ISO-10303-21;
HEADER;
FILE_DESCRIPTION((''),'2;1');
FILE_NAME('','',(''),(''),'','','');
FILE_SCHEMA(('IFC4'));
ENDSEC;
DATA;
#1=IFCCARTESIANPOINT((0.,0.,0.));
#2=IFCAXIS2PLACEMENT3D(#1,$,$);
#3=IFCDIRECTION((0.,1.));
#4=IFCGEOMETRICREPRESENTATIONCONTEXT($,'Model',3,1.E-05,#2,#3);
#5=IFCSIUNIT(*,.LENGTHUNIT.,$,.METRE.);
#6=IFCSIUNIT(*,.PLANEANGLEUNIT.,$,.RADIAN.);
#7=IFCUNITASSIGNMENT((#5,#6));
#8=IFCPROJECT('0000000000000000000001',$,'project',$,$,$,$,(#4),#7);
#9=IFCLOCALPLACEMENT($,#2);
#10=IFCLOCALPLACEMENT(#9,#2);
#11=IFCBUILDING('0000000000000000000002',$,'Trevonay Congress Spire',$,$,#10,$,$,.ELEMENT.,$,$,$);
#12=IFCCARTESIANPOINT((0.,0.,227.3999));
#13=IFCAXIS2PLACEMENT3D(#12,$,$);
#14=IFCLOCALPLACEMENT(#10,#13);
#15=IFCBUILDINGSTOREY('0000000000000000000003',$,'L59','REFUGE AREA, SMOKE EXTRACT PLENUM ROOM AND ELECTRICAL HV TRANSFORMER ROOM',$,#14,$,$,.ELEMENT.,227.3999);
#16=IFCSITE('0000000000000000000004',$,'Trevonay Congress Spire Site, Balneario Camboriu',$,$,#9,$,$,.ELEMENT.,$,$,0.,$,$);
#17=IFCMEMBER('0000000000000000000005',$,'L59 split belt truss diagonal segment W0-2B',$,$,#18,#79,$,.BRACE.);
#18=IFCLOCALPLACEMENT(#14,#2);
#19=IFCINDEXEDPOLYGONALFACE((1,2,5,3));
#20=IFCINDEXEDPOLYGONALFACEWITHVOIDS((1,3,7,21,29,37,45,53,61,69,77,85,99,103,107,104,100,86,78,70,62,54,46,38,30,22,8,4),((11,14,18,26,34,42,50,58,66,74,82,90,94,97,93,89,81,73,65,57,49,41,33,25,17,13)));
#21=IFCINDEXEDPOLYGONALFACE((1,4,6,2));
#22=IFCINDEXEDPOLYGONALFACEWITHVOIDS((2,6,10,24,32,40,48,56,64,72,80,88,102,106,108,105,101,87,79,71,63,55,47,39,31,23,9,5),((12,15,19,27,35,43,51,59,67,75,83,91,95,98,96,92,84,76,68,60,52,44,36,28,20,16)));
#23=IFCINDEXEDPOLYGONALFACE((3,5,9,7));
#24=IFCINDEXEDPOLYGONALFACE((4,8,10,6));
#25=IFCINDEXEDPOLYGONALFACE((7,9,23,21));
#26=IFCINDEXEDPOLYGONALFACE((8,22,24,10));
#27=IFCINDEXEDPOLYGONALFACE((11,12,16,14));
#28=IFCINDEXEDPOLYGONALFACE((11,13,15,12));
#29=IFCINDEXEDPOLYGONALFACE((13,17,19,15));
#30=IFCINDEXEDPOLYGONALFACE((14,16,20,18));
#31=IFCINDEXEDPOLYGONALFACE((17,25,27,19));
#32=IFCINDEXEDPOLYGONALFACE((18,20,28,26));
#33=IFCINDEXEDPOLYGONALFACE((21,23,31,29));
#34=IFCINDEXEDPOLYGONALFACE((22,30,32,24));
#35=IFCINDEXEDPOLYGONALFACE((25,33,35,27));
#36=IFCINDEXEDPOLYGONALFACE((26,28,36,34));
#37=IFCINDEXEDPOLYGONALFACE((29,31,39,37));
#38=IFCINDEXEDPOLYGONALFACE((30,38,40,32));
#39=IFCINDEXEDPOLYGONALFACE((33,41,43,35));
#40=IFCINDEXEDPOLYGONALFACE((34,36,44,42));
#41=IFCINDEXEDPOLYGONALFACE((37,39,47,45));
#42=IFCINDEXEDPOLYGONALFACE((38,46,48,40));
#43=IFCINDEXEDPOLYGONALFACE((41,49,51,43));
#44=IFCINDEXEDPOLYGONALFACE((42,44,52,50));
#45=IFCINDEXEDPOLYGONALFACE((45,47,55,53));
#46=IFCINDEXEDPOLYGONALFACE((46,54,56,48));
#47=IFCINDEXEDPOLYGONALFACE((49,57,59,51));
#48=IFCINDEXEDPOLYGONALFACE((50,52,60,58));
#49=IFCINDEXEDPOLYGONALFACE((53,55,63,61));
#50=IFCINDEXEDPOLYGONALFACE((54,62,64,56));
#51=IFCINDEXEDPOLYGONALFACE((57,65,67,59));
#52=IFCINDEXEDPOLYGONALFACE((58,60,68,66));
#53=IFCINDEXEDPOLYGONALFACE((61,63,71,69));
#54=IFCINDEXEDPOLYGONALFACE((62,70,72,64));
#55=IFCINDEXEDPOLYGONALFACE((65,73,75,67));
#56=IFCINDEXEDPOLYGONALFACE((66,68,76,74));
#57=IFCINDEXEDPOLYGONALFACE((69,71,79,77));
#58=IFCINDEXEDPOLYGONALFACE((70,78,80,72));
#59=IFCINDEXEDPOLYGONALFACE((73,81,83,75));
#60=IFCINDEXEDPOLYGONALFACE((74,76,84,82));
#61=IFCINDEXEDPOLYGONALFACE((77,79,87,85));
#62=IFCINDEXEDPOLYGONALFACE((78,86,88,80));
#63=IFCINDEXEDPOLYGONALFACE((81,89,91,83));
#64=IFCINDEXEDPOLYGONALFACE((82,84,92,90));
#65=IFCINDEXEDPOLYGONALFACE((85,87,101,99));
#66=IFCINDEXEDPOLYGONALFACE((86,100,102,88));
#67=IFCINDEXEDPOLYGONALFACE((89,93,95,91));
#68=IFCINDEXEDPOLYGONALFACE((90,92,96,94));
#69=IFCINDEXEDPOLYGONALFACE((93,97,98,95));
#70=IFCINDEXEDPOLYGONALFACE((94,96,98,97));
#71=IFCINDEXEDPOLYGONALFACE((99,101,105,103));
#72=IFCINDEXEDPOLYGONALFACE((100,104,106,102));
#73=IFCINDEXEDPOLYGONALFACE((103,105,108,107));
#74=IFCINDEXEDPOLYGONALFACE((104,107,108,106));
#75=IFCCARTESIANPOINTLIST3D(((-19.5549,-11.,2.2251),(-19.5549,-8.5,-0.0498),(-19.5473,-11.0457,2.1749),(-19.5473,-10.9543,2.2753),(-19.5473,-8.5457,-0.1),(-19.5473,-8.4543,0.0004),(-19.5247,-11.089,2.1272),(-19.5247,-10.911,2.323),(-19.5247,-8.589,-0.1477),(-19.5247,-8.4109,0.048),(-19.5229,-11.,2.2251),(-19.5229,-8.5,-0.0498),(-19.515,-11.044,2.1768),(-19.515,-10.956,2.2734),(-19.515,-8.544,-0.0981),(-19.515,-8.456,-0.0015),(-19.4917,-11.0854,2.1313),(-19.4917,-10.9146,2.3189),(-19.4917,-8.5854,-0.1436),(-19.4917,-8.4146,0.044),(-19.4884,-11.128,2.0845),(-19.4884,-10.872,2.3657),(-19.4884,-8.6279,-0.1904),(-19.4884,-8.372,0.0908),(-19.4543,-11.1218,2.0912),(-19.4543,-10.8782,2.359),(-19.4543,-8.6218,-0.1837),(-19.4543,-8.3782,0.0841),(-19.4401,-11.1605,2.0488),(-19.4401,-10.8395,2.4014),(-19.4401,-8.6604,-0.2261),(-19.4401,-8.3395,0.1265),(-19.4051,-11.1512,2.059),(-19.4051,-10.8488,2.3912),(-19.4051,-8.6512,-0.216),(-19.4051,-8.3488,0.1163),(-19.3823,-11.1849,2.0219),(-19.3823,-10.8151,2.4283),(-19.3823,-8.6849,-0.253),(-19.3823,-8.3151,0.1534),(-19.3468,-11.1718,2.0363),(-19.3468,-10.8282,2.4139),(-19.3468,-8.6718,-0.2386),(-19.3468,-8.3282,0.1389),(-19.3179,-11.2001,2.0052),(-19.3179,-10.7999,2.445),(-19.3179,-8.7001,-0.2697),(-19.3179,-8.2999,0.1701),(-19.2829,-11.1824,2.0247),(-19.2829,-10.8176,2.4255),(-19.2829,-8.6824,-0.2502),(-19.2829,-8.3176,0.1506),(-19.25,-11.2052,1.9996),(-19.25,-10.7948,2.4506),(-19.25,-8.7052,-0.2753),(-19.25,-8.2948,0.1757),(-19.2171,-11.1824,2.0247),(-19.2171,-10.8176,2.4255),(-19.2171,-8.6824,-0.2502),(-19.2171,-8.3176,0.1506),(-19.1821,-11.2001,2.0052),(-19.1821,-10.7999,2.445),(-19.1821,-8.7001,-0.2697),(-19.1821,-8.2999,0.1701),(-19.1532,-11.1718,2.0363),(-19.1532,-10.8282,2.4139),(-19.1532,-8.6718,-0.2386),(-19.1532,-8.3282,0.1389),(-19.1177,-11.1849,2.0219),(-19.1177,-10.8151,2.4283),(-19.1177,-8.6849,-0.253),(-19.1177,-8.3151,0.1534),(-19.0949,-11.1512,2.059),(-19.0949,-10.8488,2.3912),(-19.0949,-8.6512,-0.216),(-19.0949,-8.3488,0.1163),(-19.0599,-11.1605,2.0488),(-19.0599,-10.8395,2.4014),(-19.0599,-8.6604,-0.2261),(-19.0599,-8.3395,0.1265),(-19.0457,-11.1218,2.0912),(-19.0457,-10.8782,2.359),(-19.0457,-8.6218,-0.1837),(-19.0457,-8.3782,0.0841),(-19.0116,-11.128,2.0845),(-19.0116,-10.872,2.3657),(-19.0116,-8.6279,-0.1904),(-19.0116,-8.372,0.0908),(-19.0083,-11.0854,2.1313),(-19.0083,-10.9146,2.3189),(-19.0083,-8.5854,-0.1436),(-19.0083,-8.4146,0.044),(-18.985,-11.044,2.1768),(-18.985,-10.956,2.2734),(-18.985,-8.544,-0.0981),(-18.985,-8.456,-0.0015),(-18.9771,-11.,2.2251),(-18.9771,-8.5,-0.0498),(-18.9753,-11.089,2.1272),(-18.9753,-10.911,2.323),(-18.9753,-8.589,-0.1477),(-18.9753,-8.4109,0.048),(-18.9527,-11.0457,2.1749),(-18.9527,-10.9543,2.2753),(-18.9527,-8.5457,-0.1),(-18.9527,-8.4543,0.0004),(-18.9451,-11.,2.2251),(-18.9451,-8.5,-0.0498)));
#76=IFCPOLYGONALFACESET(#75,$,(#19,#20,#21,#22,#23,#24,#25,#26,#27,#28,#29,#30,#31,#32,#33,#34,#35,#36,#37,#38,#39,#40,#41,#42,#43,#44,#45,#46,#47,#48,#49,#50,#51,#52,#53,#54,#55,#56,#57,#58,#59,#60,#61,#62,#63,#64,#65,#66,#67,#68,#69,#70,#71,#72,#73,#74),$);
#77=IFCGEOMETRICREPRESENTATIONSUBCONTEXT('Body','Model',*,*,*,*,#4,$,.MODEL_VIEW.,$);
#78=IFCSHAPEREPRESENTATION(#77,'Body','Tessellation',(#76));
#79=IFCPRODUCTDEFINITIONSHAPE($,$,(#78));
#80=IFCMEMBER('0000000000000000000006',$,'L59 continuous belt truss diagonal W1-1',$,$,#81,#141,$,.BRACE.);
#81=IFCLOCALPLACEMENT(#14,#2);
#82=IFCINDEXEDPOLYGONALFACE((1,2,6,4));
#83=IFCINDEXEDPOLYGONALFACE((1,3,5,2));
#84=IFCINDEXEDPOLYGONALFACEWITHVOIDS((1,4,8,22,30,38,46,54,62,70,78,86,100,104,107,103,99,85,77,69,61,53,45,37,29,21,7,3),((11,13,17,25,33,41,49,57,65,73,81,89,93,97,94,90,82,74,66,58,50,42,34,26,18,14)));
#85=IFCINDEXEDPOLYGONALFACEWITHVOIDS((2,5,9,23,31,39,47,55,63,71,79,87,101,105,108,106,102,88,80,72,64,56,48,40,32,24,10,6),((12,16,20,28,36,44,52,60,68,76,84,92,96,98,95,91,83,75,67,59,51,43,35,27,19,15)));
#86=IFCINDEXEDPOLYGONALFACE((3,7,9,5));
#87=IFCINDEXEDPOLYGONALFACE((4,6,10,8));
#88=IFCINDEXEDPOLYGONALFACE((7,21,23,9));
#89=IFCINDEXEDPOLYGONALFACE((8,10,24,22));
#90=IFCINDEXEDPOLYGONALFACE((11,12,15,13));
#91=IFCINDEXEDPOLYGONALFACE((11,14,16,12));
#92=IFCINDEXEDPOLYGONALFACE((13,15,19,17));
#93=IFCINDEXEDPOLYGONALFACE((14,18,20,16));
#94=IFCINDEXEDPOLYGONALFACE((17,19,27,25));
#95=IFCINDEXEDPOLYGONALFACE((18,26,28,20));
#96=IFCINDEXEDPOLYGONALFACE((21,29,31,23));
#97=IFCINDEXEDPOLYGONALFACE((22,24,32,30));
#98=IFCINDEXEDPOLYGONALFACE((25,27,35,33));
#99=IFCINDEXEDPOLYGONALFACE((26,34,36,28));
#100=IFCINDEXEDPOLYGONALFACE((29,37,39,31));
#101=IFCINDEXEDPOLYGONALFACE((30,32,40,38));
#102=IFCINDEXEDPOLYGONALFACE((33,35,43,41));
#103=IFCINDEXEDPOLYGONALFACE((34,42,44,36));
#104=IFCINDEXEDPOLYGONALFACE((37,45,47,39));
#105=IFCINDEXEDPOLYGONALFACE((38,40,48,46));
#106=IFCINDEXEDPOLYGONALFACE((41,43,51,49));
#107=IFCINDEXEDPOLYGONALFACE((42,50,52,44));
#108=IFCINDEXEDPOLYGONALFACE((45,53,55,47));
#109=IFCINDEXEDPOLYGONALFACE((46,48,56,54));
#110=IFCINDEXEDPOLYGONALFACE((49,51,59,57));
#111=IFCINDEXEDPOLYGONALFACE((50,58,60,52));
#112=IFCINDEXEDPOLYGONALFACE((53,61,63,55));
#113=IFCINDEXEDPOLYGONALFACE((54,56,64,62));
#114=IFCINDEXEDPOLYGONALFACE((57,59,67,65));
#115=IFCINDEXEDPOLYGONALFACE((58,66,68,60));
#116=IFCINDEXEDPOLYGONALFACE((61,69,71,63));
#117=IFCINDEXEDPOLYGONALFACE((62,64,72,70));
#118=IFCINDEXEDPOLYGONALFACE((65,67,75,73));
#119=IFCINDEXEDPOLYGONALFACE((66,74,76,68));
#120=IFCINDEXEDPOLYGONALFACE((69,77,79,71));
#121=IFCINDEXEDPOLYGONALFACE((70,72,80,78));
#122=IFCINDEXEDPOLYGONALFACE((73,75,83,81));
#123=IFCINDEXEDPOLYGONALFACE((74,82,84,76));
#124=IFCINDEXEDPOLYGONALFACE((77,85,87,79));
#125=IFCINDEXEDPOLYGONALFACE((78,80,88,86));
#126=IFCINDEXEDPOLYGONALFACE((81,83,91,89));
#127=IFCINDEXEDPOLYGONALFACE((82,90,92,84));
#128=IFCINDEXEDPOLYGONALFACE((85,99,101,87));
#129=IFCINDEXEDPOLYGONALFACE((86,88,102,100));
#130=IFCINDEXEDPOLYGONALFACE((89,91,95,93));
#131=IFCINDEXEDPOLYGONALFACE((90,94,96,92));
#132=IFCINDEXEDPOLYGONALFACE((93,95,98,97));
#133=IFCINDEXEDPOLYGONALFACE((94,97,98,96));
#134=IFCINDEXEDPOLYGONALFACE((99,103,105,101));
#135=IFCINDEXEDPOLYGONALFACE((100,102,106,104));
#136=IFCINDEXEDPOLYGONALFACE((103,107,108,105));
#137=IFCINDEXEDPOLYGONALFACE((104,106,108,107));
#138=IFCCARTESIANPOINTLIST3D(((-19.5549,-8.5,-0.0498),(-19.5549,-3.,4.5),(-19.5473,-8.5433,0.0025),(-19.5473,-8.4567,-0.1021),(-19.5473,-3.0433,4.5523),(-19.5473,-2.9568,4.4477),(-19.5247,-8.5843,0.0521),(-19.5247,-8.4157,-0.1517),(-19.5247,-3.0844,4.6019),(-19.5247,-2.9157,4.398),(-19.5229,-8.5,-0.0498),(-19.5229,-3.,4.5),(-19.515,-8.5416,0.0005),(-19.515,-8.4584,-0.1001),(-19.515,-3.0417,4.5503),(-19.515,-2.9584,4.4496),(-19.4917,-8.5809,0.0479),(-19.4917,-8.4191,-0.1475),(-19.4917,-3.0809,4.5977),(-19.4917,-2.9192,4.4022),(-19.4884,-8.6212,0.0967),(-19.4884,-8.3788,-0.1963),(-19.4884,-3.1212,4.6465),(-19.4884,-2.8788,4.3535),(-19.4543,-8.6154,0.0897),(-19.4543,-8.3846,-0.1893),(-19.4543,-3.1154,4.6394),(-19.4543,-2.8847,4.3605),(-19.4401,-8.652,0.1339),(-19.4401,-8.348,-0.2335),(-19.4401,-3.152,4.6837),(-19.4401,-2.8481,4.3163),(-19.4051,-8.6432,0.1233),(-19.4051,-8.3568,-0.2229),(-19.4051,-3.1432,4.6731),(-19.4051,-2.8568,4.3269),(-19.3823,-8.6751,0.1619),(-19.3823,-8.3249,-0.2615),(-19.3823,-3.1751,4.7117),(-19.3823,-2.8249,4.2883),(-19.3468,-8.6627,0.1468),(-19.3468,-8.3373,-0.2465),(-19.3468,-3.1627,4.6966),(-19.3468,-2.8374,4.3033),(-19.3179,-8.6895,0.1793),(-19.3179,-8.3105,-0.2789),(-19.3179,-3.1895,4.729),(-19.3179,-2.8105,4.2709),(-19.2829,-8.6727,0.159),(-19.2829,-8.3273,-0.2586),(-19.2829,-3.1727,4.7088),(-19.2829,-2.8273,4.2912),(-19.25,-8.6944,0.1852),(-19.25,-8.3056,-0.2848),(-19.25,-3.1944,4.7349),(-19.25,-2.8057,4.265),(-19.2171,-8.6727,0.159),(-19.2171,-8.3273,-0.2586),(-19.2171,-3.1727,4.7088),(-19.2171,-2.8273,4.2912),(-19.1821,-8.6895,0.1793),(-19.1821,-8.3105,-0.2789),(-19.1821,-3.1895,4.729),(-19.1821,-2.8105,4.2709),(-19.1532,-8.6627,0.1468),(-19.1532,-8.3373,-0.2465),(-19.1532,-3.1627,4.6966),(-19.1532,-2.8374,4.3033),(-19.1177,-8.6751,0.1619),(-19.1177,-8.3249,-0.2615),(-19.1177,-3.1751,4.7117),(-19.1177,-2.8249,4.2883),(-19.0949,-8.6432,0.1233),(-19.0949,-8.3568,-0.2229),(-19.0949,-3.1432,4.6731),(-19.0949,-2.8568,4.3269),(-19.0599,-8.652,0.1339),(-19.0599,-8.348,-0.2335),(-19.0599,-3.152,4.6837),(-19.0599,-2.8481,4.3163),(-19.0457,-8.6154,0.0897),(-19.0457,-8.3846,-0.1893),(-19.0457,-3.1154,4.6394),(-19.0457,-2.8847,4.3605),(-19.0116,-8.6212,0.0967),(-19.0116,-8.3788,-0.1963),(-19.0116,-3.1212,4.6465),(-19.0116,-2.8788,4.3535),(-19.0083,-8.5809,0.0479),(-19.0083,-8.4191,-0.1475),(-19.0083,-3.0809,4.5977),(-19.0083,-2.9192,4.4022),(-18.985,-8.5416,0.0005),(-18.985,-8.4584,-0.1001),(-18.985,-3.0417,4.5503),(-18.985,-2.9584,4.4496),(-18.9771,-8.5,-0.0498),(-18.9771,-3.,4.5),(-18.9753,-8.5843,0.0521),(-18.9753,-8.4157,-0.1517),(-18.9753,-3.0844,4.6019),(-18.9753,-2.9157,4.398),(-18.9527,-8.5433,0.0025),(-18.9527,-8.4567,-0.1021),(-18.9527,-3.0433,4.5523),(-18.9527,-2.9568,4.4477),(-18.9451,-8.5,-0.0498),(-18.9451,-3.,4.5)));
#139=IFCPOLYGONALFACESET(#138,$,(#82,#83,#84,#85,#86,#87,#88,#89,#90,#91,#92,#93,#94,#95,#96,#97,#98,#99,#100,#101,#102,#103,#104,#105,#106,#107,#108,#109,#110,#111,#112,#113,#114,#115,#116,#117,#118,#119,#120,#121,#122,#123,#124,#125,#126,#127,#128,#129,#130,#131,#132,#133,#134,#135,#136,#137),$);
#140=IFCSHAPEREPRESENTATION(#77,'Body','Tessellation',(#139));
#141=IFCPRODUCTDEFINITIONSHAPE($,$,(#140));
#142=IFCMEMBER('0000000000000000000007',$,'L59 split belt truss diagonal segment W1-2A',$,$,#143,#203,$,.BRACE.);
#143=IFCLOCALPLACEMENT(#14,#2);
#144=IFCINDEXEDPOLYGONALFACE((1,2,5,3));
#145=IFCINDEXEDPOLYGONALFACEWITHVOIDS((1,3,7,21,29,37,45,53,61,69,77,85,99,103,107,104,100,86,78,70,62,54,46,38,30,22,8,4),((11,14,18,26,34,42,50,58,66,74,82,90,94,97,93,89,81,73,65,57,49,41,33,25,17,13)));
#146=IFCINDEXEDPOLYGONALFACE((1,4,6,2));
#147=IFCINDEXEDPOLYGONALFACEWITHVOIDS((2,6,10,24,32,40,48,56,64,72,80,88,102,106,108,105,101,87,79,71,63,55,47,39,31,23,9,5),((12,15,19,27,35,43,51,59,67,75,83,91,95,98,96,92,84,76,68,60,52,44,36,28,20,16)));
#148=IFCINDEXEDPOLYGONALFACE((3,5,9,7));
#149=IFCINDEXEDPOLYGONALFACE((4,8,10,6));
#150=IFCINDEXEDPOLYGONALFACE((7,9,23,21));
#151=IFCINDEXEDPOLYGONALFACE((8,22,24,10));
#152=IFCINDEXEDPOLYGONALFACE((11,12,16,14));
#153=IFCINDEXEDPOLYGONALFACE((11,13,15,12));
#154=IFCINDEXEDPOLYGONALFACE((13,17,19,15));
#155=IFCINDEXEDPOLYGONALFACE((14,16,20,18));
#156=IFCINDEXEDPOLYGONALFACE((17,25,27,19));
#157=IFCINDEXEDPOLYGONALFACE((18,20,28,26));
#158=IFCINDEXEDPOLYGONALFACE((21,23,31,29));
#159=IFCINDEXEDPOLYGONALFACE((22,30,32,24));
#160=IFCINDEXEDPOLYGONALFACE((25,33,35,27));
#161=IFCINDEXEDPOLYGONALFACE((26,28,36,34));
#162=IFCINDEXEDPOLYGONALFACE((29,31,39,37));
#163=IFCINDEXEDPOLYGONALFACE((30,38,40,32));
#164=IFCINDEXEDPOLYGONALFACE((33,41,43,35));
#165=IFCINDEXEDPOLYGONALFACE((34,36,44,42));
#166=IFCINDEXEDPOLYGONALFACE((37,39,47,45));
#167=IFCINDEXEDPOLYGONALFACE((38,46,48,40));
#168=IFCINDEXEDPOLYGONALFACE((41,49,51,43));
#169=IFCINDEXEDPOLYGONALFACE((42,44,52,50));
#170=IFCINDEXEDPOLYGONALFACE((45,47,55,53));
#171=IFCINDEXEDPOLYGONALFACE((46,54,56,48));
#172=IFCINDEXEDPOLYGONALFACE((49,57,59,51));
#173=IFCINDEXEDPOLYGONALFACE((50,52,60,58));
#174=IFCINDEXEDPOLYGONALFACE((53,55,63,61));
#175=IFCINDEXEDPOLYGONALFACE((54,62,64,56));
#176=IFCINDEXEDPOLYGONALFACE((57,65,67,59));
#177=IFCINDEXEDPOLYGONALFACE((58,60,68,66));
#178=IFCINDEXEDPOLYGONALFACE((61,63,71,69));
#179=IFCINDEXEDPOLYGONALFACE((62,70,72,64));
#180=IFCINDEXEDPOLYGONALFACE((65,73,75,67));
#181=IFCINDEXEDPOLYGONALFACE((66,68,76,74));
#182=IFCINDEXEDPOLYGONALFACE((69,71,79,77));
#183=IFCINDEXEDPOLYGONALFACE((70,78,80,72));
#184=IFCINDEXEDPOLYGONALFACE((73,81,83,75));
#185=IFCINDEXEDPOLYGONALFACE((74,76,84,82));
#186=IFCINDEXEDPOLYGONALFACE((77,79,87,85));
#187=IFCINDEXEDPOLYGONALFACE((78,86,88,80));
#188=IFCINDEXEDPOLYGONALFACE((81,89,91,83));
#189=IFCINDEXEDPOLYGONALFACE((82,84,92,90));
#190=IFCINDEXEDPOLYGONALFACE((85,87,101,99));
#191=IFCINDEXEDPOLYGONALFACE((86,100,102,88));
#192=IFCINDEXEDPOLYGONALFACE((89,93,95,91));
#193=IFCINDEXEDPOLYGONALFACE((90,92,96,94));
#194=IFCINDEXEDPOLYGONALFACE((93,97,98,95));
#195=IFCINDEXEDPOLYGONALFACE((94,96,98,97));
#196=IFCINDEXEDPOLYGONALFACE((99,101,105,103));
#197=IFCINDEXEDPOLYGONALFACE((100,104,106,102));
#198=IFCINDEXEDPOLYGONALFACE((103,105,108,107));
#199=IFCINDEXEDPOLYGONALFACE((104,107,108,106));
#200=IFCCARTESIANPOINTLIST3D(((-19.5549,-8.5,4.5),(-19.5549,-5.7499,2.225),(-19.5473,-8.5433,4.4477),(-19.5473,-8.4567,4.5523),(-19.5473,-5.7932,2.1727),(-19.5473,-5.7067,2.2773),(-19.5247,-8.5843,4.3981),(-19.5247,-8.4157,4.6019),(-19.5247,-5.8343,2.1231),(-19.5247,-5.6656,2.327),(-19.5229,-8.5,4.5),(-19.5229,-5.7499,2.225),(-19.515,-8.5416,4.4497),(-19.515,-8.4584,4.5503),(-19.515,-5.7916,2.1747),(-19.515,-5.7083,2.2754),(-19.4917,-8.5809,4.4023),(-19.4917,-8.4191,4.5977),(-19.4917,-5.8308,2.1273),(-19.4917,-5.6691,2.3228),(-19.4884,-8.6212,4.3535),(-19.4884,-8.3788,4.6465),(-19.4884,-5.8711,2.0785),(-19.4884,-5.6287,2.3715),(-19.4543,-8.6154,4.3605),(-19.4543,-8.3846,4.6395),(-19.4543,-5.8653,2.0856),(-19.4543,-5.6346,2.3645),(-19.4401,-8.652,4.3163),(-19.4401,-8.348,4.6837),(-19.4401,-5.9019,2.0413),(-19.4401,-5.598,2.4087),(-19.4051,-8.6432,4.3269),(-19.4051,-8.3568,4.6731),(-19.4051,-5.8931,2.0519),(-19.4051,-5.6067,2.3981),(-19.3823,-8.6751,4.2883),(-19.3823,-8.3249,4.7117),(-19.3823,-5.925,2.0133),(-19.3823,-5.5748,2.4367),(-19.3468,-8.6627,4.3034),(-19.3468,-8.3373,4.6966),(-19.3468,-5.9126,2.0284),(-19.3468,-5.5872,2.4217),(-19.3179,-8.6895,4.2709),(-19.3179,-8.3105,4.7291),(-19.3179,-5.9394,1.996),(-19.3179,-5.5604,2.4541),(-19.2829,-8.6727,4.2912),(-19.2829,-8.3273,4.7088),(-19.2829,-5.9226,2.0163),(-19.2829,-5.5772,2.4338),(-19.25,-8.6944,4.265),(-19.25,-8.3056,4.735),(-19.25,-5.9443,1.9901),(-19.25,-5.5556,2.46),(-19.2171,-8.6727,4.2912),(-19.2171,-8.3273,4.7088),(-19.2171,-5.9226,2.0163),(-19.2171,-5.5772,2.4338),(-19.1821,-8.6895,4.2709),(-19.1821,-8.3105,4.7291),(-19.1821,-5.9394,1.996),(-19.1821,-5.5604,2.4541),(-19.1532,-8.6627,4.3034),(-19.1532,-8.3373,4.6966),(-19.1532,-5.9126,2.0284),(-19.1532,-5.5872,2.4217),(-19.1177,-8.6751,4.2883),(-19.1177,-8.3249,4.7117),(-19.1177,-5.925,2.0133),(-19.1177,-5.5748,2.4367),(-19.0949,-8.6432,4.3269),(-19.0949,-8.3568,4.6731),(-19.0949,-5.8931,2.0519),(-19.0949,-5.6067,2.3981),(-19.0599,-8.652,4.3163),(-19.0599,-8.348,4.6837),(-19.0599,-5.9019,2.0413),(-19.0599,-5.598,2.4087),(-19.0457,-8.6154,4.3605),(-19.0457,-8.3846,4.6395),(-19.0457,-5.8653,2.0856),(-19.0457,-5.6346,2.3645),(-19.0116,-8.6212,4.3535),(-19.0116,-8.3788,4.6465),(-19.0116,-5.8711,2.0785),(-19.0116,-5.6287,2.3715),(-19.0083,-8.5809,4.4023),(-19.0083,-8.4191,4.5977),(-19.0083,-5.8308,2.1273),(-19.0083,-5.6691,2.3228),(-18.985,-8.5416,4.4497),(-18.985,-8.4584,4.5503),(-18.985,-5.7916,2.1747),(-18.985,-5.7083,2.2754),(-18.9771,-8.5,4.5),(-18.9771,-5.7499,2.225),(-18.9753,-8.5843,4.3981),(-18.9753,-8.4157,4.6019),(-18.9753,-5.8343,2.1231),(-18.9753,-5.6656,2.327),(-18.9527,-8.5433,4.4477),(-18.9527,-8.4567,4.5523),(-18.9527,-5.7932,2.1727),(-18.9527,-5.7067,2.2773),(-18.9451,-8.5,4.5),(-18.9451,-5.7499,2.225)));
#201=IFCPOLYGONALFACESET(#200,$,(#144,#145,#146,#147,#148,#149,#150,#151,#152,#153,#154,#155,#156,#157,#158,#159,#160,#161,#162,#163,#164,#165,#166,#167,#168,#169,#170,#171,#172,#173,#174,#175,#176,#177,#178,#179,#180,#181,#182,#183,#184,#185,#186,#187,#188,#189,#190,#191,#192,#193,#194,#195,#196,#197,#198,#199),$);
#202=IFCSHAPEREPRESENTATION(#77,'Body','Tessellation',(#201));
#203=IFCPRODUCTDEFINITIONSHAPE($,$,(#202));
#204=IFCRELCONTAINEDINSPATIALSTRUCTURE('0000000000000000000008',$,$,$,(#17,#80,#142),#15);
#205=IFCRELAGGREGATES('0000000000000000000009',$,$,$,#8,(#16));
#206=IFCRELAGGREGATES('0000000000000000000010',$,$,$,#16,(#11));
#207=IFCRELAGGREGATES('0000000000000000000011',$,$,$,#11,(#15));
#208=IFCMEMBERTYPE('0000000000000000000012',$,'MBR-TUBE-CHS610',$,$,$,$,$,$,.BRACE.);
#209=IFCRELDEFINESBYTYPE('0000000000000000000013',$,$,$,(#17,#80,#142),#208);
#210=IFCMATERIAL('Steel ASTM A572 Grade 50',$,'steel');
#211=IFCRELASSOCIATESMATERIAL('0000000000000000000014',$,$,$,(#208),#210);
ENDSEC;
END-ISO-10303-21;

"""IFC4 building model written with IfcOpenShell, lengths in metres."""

from ifc_helpers import new_model, si_unit, direction, frame, origin, origin_2d, place, context, subcontext, project, spatial, hollow_circle, extrude, material, material_profile, profile_set, type_object, element, save


model = new_model("IFC4")

# Units and contexts
model_context = context("Model", 3, precision=1e-05, world=origin(), true_north=direction((0.0, 1.0)))
body_context = subcontext(model_context, "Body", "Model", "MODEL_VIEW")
ifc_project = project(units=[si_unit("LENGTHUNIT", "METRE"), si_unit("PLANEANGLEUNIT", "RADIAN")], contexts=[model_context])

# Site, building, storey
site_placement = place(None, origin())
site = spatial("IfcSite", under=ifc_project, at=site_placement, Name="Trevonay Congress Spire Site, Balneario Camboriu", CompositionType="ELEMENT", RefElevation=0.0)
building_placement = place(site_placement, origin())
building = spatial("IfcBuilding", under=site, at=building_placement, Name="Trevonay Congress Spire", CompositionType="ELEMENT")
storey_placement = place(building_placement, frame((0.0, 0.0, 227.3999)))
storey = spatial("IfcBuildingStorey", under=building, at=storey_placement, Name="L59", Description="REFUGE AREA, SMOKE EXTRACT PLENUM ROOM AND ELECTRICAL HV TRANSFORMER ROOM", CompositionType="ELEMENT", Elevation=227.3999)

# Shared definitions
ifc_material_1 = material(Name="Steel ASTM A572 Grade 50", Category="steel")

# Members
ifc_material_profile_1 = material_profile(ifc_material_1, hollow_circle(Radius=0.3049, WallThickness=0.032, at=origin_2d()), Name="CHS 610x32")
ifc_profile_set_1 = profile_set([ifc_material_profile_1], Name="Steel ASTM A572 Grade 50")
member_type = type_object("IfcMemberType", Name="MBR-TUBE-CHS610", PredefinedType="BRACE", material=ifc_profile_set_1)
member_1_placement = place(storey_placement, frame((-19.25, -11.0, 2.2251), z_axis=(0.0, 0.73962, -0.673025), x_axis=(-1.0, 0.0, 0.0)))
element("IfcMember", 1, at=member_1_placement, inside=storey, type_object=member_type, Name="L59 split belt truss diagonal segment W0-2B", PredefinedType="BRACE", context=body_context, shape_type="SweptSolid", body=[
    extrude(hollow_circle(Radius=0.3049, WallThickness=0.032, at=origin_2d()), origin(), (0.0, 0.0, 1.0), 3.3801),
])
member_2_placement = place(storey_placement, frame((-19.25, -8.5, -0.0498), z_axis=(0.0, 0.770526, 0.637408), x_axis=(-1.0, 0.0, 0.0)))
element("IfcMember", 2, at=member_2_placement, inside=storey, type_object=member_type, Name="L59 continuous belt truss diagonal W1-1", PredefinedType="BRACE", context=body_context, shape_type="SweptSolid", body=[
    extrude(hollow_circle(Radius=0.3049, WallThickness=0.032, at=origin_2d()), origin(), (0.0, 0.0, 1.0), 7.1379),
])
for number, where, z_axis, x_axis, name in (
    (3, (-19.25, -8.5, 4.5), (0.0, 0.770526, -0.637408), (-1.0, 0.0, 0.0), "L59 split belt truss diagonal segment W1-2A"),
):
    element("IfcMember", number, at=place(storey_placement, frame(where, z_axis=z_axis, x_axis=x_axis)), inside=storey, type_object=member_type, Name=name, PredefinedType="BRACE", context=body_context, shape_type="SweptSolid", body=[
        extrude(hollow_circle(Radius=0.3049, WallThickness=0.032, at=origin_2d()), origin(), (0.0, 0.0, 1.0), 3.5691),
    ])

save(model, "model.ifc")
